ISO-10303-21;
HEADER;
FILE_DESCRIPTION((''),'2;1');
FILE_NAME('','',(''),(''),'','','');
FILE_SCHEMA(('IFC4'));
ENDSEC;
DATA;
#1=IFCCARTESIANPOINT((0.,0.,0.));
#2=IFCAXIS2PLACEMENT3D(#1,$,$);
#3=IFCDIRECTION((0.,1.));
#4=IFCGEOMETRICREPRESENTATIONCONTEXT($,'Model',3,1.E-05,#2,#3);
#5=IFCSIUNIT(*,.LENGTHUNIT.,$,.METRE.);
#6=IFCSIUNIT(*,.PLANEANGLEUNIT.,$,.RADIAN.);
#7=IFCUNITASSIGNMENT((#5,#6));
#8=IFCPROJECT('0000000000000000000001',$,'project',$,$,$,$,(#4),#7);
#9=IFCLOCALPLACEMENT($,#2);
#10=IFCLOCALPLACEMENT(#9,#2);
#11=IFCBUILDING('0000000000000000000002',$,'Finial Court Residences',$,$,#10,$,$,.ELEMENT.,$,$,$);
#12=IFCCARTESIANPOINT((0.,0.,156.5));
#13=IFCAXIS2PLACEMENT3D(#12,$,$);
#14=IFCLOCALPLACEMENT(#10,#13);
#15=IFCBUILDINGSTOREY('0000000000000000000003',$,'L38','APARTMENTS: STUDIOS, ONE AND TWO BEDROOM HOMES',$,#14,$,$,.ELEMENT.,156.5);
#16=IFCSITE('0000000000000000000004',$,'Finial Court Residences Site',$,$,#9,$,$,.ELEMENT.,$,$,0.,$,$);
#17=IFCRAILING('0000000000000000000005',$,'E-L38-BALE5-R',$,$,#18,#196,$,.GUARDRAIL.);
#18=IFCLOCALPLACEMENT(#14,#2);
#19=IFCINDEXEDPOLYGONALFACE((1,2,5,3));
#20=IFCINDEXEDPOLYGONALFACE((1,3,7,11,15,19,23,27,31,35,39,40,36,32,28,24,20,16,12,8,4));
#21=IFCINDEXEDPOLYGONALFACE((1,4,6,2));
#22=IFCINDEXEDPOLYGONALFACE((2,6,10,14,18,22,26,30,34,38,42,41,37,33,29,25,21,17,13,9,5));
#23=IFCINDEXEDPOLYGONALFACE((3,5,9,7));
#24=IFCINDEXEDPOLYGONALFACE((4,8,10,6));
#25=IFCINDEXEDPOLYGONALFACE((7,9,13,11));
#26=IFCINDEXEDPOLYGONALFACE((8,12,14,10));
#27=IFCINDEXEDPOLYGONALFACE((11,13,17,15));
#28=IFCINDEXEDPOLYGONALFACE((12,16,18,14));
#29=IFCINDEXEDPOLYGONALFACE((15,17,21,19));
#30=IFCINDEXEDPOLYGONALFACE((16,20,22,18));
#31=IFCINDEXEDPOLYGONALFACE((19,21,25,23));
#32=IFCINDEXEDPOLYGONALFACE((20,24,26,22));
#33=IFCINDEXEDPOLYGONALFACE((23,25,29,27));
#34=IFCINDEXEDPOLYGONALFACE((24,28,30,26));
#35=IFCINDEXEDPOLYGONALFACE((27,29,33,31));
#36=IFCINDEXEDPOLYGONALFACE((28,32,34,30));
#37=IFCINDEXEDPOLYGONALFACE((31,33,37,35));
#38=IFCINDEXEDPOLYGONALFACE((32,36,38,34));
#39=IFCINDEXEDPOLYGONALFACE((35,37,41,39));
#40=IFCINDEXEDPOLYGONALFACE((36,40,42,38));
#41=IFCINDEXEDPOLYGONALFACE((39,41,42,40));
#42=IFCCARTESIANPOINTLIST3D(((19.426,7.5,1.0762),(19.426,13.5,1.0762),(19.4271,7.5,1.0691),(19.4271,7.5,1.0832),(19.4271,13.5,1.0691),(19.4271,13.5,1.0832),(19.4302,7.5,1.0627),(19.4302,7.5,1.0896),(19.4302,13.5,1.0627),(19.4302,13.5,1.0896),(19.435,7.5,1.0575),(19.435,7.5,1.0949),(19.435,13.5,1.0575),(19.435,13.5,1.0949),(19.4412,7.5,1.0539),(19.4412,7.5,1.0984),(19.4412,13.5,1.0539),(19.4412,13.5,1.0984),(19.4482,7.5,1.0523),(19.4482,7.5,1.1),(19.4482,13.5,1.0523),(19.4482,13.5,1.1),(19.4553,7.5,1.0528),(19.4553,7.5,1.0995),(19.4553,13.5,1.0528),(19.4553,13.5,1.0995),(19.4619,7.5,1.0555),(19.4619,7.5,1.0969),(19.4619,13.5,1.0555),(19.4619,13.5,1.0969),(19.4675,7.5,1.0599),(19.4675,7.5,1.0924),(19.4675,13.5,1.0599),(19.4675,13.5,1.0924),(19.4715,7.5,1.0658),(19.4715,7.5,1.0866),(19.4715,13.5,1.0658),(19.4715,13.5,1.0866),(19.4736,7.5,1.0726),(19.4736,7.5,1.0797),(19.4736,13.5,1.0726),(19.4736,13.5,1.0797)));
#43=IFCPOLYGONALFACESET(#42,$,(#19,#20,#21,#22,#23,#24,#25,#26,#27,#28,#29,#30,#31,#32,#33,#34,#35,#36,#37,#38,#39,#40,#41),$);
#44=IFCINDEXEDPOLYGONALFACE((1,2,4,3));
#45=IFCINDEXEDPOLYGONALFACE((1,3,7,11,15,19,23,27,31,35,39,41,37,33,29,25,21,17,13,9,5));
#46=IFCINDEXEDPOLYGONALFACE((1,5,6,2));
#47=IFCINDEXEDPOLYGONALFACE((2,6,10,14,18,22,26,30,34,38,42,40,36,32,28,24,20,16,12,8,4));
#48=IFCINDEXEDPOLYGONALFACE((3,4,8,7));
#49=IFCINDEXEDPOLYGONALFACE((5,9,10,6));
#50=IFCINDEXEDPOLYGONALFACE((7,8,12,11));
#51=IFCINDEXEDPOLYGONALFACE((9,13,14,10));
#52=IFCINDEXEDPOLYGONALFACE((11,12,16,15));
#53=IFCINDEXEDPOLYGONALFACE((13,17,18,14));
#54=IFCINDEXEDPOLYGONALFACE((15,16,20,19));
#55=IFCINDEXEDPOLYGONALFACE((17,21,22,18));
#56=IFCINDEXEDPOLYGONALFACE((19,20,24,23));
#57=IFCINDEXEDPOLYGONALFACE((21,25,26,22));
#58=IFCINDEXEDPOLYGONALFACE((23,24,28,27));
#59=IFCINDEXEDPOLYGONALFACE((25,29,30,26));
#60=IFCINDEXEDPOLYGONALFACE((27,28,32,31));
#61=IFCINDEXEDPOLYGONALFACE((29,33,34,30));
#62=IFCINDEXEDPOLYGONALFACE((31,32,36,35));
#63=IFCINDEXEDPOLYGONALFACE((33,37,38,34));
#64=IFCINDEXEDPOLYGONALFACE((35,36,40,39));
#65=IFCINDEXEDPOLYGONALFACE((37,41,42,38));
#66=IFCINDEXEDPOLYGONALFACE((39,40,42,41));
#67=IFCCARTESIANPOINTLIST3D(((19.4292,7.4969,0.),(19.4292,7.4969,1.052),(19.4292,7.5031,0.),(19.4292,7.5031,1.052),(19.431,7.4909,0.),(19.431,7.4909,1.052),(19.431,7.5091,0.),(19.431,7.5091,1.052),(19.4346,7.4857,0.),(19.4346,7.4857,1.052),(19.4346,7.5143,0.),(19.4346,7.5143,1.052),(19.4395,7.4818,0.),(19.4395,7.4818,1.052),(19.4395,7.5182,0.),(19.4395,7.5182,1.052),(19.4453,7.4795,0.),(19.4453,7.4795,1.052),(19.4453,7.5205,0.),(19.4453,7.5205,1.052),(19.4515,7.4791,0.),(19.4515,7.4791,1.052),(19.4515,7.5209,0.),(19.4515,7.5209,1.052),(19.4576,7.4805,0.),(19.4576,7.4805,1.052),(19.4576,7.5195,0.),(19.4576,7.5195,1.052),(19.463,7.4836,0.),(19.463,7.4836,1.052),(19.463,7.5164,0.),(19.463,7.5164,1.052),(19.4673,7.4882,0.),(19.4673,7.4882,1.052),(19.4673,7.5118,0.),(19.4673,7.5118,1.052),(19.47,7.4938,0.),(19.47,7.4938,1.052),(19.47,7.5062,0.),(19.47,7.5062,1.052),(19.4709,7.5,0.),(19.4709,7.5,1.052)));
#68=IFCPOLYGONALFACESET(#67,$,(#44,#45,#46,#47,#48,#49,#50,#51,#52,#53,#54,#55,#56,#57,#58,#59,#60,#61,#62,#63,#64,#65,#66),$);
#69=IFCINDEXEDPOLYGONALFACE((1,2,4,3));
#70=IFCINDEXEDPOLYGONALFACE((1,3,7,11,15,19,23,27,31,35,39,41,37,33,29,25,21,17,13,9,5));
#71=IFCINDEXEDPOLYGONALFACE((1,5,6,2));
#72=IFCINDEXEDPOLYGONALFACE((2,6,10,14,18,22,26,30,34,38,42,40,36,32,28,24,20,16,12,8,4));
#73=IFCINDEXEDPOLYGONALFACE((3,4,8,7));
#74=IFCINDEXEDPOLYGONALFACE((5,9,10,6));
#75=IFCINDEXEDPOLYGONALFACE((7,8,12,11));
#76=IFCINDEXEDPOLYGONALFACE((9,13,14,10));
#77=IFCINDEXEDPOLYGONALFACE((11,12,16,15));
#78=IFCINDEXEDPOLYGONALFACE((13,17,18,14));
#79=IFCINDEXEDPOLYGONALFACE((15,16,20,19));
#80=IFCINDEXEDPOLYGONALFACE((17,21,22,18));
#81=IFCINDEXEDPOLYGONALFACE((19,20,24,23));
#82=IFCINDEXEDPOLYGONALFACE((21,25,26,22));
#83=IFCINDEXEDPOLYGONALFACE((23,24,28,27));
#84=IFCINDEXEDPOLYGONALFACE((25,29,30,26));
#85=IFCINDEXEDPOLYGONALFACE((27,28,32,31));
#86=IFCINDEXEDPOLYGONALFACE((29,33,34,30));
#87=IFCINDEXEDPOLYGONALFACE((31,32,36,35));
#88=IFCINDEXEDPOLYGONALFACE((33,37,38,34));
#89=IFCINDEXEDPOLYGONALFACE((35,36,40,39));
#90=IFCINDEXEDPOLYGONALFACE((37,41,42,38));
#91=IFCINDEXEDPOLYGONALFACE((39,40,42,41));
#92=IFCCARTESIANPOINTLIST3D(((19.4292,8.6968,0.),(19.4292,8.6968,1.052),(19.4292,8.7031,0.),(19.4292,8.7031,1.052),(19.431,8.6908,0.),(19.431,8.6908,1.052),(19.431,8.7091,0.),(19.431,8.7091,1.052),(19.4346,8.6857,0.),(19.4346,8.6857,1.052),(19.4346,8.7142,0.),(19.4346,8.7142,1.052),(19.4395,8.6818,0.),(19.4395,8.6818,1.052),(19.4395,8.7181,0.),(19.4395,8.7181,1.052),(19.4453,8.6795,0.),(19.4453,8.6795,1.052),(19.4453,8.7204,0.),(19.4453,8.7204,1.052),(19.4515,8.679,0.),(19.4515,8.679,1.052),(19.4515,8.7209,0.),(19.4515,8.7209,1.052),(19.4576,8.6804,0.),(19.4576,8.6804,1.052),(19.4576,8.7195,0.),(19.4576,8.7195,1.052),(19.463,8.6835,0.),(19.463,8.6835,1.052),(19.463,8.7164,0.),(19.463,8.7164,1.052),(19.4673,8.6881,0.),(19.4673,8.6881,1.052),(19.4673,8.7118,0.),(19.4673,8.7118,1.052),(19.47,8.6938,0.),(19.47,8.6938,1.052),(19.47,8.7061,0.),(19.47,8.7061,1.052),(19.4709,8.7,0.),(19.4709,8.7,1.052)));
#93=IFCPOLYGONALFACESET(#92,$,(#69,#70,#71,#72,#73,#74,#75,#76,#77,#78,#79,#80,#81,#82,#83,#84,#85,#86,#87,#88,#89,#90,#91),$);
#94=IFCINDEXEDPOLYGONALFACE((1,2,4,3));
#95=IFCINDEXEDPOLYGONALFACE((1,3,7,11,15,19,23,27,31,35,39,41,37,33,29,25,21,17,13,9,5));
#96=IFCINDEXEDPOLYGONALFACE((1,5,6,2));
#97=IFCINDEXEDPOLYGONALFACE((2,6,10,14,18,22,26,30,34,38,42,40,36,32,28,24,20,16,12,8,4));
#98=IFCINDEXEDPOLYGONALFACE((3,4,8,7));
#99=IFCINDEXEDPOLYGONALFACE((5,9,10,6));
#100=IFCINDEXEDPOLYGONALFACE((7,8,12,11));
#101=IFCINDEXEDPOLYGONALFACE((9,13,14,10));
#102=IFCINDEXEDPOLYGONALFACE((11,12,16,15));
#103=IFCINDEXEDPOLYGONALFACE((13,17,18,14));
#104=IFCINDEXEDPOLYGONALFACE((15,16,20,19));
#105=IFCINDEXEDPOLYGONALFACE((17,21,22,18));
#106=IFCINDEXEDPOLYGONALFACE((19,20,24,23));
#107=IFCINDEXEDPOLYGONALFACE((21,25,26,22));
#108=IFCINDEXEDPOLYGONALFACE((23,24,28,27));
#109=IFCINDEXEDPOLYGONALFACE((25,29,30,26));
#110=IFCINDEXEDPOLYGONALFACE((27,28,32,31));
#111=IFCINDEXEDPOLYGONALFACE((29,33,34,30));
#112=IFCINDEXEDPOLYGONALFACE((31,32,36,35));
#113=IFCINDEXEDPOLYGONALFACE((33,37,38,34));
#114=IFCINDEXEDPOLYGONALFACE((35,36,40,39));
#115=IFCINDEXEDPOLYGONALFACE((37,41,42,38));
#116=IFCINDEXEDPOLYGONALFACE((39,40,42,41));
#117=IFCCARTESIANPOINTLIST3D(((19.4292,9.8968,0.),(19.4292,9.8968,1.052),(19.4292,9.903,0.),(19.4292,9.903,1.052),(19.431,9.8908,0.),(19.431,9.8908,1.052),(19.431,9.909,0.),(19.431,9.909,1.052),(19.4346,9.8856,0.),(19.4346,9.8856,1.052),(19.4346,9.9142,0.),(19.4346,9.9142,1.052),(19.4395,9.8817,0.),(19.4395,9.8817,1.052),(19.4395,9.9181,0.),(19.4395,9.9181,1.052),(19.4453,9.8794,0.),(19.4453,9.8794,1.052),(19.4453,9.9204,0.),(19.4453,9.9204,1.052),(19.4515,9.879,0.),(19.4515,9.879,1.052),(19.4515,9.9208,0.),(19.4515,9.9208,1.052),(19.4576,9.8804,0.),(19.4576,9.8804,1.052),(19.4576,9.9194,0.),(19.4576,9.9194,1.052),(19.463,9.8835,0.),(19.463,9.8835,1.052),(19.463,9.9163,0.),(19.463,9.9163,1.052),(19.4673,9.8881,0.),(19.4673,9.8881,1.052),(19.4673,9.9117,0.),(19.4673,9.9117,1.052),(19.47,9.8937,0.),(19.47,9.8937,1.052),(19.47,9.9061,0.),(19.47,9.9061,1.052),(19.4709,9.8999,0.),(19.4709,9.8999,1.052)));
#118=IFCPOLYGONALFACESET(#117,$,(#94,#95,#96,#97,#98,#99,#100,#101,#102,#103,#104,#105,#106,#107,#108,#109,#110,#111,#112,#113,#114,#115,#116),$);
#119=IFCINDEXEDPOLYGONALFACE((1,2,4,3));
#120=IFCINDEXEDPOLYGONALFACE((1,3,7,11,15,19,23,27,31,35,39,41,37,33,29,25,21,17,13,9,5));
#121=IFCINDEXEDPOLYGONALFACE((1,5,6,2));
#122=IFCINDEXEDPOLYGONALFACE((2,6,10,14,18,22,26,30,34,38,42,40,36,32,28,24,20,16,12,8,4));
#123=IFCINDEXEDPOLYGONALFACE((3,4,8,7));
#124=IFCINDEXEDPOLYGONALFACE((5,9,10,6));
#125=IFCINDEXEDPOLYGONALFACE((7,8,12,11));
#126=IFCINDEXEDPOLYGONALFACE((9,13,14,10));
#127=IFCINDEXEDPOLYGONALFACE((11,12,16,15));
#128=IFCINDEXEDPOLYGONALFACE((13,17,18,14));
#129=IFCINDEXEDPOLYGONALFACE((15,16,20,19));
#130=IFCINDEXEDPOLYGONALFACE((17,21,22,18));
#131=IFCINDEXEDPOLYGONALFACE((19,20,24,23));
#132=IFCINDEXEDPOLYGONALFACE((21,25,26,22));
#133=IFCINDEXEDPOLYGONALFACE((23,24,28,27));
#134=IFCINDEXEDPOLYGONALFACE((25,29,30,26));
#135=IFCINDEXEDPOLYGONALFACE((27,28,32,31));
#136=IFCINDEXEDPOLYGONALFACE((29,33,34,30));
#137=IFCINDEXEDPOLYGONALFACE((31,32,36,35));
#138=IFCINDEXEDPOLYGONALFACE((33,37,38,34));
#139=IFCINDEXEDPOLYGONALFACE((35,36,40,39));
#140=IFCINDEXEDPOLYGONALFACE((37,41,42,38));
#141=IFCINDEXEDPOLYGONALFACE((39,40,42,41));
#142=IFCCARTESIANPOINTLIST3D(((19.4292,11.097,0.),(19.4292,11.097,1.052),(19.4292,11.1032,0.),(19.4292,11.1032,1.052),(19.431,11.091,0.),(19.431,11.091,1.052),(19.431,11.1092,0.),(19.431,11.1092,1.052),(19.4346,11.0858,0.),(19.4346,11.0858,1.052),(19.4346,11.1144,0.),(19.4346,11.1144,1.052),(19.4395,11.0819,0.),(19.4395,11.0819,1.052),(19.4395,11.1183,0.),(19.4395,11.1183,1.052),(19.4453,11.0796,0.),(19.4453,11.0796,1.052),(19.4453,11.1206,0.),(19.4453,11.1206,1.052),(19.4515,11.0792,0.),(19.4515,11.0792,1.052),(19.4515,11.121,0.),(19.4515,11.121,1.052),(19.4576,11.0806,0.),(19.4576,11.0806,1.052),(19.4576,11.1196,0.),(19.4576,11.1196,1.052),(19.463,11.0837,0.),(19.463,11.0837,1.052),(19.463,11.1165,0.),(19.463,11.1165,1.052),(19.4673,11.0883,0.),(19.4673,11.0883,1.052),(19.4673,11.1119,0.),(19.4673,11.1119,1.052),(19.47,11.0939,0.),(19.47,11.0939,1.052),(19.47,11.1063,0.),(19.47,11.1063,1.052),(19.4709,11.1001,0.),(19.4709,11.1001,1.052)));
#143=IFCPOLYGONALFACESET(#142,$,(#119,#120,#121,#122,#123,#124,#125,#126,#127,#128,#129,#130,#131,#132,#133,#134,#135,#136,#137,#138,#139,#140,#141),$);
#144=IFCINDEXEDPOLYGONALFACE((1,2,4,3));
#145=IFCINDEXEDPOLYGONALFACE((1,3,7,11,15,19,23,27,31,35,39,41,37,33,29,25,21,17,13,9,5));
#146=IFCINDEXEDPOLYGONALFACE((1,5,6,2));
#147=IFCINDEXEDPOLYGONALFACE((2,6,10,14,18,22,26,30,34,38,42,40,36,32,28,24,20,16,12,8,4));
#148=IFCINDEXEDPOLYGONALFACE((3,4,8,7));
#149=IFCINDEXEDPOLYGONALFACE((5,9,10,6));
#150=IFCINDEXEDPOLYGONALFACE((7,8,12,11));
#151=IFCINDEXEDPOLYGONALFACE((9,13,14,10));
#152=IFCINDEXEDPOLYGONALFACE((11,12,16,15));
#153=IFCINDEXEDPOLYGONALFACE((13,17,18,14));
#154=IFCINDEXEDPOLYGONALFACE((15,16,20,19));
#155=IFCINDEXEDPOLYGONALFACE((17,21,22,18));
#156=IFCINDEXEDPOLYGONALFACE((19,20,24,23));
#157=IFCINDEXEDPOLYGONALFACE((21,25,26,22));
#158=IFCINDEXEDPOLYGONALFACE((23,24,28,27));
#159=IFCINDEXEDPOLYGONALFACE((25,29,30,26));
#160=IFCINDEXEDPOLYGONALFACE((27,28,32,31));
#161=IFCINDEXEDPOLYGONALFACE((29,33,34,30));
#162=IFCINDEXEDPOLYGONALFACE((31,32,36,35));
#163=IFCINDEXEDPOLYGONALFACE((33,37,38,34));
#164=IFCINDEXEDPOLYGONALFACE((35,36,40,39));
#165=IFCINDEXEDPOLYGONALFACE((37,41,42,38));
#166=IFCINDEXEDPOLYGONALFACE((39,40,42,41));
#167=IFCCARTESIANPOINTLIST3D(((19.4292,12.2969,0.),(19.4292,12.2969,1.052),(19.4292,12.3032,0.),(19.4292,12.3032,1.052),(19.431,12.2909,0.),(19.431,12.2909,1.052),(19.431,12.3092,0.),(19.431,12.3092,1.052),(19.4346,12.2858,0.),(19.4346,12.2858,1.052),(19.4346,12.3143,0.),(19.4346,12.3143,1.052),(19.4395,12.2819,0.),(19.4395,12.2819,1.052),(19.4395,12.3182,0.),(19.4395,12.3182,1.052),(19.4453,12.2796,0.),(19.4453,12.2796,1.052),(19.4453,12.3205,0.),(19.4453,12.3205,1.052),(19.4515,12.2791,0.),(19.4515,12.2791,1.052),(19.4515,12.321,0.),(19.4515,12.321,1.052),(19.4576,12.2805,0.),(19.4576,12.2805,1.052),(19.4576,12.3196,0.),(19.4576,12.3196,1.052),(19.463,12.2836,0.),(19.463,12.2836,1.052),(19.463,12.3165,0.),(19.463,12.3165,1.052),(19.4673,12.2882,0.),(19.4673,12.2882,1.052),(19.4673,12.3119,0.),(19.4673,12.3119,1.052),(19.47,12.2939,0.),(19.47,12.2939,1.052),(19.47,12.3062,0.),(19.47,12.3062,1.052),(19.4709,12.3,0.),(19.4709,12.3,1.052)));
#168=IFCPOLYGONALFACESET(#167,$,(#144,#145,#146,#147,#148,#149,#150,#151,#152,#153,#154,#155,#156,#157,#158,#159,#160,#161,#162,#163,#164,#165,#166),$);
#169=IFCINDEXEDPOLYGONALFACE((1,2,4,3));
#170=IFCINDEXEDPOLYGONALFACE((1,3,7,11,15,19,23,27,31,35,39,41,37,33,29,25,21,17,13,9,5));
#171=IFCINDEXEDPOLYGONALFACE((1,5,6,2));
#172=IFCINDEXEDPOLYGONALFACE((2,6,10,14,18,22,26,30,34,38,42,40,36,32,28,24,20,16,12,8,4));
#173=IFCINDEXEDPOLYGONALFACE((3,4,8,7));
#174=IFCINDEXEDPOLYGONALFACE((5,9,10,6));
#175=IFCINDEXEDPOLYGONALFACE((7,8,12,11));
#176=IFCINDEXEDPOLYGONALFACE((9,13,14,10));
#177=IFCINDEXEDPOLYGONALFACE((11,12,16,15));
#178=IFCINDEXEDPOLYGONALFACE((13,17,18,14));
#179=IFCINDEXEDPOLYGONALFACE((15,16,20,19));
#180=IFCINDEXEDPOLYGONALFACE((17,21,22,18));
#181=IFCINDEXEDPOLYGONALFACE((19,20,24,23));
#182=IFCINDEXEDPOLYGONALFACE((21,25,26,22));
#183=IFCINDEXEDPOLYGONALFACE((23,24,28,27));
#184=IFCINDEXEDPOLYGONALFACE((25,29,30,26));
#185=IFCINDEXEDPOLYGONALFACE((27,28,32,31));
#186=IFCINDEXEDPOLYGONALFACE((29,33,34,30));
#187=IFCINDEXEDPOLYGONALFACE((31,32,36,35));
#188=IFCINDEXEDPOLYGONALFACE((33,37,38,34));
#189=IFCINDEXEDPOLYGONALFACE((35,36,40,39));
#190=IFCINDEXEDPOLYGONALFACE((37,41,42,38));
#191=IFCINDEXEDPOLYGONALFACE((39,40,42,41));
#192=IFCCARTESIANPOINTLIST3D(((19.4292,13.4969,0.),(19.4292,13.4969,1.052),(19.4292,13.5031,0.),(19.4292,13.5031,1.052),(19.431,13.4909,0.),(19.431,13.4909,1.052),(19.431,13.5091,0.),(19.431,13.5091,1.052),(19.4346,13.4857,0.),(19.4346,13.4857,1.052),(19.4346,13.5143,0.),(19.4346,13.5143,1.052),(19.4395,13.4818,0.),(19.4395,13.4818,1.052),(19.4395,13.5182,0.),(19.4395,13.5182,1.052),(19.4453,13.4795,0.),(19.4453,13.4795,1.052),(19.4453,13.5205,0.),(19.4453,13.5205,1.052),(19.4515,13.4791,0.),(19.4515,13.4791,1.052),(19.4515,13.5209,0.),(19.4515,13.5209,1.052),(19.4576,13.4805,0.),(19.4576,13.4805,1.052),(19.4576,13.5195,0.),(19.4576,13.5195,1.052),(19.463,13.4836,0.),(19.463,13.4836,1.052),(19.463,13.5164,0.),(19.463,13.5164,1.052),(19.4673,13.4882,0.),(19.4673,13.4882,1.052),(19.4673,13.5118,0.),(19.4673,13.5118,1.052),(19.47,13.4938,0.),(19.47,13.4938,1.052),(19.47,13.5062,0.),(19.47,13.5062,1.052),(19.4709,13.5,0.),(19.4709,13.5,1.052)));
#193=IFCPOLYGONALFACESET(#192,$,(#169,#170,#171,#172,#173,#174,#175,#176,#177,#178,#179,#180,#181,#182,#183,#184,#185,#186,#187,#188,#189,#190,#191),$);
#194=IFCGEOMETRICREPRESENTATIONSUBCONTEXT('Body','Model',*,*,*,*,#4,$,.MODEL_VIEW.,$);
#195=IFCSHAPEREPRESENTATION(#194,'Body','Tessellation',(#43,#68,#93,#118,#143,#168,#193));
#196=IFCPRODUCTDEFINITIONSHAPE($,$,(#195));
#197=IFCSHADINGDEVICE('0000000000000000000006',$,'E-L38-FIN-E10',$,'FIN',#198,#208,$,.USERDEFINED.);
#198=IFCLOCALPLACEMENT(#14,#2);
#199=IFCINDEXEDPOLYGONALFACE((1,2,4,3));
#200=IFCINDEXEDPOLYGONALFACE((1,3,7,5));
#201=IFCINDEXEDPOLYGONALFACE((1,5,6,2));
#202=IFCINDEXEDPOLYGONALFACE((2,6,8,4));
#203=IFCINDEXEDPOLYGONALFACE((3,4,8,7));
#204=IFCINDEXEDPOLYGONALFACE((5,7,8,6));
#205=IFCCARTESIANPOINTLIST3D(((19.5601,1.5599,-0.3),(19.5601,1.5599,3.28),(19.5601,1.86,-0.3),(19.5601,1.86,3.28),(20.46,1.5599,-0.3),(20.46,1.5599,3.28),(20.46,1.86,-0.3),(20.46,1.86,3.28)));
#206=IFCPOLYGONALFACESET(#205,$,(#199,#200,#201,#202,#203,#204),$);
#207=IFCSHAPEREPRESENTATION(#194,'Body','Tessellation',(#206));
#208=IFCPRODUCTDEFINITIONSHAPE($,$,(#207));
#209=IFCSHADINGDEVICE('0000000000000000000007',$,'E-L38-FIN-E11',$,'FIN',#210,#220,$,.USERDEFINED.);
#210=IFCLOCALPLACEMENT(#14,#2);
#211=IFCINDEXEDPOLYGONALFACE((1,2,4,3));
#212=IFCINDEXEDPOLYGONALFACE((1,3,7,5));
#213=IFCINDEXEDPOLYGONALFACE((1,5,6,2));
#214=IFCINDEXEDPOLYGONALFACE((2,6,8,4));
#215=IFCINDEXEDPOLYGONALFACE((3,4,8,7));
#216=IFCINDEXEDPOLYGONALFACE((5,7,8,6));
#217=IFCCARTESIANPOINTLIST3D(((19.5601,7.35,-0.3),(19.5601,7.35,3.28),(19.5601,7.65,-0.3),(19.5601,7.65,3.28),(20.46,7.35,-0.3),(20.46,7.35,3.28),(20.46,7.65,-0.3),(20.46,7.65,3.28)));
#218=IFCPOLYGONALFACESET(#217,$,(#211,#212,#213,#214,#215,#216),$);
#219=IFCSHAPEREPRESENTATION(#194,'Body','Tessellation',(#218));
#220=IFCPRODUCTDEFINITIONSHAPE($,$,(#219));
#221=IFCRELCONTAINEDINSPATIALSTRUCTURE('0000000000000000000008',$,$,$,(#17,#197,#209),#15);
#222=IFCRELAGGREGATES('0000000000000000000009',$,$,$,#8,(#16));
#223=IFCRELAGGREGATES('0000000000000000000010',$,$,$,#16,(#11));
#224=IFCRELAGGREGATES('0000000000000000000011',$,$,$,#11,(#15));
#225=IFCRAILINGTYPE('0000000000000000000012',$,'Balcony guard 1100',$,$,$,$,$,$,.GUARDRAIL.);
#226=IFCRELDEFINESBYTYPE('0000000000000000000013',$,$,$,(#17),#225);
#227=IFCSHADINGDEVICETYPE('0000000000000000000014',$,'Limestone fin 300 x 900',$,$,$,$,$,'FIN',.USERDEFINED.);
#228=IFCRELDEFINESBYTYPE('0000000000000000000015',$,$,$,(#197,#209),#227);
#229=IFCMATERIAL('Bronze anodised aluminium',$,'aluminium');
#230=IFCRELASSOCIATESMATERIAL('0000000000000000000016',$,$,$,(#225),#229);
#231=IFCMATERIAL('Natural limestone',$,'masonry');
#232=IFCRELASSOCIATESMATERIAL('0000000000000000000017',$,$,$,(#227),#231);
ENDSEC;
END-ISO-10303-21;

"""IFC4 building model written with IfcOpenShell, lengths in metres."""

from ifc_helpers import new_model, si_unit, direction, frame, origin, origin_2d, place, context, subcontext, project, spatial, rectangle, circle, extrude, material, type_object, element, save


model = new_model("IFC4")

# Units and contexts
model_context = context("Model", 3, precision=1e-05, world=origin(), true_north=direction((0.0, 1.0)))
body_context = subcontext(model_context, "Body", "Model", "MODEL_VIEW")
ifc_project = project(units=[si_unit("LENGTHUNIT", "METRE"), si_unit("PLANEANGLEUNIT", "RADIAN")], contexts=[model_context])

# Site, building, storey
site_placement = place(None, origin())
site = spatial("IfcSite", under=ifc_project, at=site_placement, Name="Finial Court Residences Site", CompositionType="ELEMENT", RefElevation=0.0)
building_placement = place(site_placement, origin())
building = spatial("IfcBuilding", under=site, at=building_placement, Name="Finial Court Residences", CompositionType="ELEMENT")
storey_placement = place(building_placement, frame((0.0, 0.0, 156.5)))
storey = spatial("IfcBuildingStorey", under=building, at=storey_placement, Name="L38", Description="APARTMENTS: STUDIOS, ONE AND TWO BEDROOM HOMES", CompositionType="ELEMENT", Elevation=156.5)

# Shared definitions
ifc_material_1 = material(Name="Bronze anodised aluminium", Category="aluminium")

# Shared definitions
ifc_material_2 = material(Name="Natural limestone", Category="masonry")

# Railing
railing_type = type_object("IfcRailingType", Name="Balcony guard 1100", PredefinedType="GUARDRAIL", material=ifc_material_1)
railing_placement = place(storey_placement, frame((19.45, 7.5, 0.0)))
element("IfcRailing", 1, at=railing_placement, inside=storey, type_object=railing_type, Name="E-L38-BALE5-R", PredefinedType="GUARDRAIL", context=body_context, shape_type="SweptSolid", body=[
    extrude(circle(Radius=0.0239, at=origin_2d()), frame((0.0, 0.0, 1.0762), z_axis=(0.0, 1.0, 0.0), x_axis=(-1.0, 0.0, 0.0)), (0.0, 0.0, 1.0), 6.0),
    extrude(circle(Radius=0.021, at=origin_2d()), origin(), (0.0, 0.0, 1.0), 1.052),
    extrude(circle(Radius=0.021, at=origin_2d()), frame((0.0, 1.2, 0.0)), (0.0, 0.0, 1.0), 1.052),
    extrude(circle(Radius=0.021, at=origin_2d()), frame((0.0, 2.3999, 0.0)), (0.0, 0.0, 1.0), 1.052),
    extrude(circle(Radius=0.021, at=origin_2d()), frame((0.0, 3.6001, 0.0)), (0.0, 0.0, 1.0), 1.052),
    extrude(circle(Radius=0.021, at=origin_2d()), frame((0.0, 4.8, 0.0)), (0.0, 0.0, 1.0), 1.052),
    extrude(circle(Radius=0.021, at=origin_2d()), frame((0.0, 6.0, 0.0)), (0.0, 0.0, 1.0), 1.052),
])

# Shading devices
shading_device_type = type_object("IfcShadingDeviceType", Name="Limestone fin 300 x 900", ElementType="FIN", PredefinedType="USERDEFINED", material=ifc_material_2)
for number, where, z_axis, x_axis, name in (
    (2, (20.01, 1.71, -0.3), (0.0, 0.0, 1.0), (1.0, 0.0, 0.0), "E-L38-FIN-E10"),
    (3, (20.01, 7.5, -0.3), (0.0, 0.0, 1.0), (1.0, 0.0, 0.0), "E-L38-FIN-E11"),
):
    element("IfcShadingDevice", number, at=place(storey_placement, frame(where, z_axis=z_axis, x_axis=x_axis)), inside=storey, type_object=shading_device_type, Name=name, ObjectType="FIN", PredefinedType="USERDEFINED", context=body_context, shape_type="SweptSolid", body=[
        extrude(rectangle(XDim=0.8999, YDim=0.3, at=origin_2d()), origin(), (0.0, 0.0, 1.0), 3.5801),
    ])

save(model, "model.ifc")
